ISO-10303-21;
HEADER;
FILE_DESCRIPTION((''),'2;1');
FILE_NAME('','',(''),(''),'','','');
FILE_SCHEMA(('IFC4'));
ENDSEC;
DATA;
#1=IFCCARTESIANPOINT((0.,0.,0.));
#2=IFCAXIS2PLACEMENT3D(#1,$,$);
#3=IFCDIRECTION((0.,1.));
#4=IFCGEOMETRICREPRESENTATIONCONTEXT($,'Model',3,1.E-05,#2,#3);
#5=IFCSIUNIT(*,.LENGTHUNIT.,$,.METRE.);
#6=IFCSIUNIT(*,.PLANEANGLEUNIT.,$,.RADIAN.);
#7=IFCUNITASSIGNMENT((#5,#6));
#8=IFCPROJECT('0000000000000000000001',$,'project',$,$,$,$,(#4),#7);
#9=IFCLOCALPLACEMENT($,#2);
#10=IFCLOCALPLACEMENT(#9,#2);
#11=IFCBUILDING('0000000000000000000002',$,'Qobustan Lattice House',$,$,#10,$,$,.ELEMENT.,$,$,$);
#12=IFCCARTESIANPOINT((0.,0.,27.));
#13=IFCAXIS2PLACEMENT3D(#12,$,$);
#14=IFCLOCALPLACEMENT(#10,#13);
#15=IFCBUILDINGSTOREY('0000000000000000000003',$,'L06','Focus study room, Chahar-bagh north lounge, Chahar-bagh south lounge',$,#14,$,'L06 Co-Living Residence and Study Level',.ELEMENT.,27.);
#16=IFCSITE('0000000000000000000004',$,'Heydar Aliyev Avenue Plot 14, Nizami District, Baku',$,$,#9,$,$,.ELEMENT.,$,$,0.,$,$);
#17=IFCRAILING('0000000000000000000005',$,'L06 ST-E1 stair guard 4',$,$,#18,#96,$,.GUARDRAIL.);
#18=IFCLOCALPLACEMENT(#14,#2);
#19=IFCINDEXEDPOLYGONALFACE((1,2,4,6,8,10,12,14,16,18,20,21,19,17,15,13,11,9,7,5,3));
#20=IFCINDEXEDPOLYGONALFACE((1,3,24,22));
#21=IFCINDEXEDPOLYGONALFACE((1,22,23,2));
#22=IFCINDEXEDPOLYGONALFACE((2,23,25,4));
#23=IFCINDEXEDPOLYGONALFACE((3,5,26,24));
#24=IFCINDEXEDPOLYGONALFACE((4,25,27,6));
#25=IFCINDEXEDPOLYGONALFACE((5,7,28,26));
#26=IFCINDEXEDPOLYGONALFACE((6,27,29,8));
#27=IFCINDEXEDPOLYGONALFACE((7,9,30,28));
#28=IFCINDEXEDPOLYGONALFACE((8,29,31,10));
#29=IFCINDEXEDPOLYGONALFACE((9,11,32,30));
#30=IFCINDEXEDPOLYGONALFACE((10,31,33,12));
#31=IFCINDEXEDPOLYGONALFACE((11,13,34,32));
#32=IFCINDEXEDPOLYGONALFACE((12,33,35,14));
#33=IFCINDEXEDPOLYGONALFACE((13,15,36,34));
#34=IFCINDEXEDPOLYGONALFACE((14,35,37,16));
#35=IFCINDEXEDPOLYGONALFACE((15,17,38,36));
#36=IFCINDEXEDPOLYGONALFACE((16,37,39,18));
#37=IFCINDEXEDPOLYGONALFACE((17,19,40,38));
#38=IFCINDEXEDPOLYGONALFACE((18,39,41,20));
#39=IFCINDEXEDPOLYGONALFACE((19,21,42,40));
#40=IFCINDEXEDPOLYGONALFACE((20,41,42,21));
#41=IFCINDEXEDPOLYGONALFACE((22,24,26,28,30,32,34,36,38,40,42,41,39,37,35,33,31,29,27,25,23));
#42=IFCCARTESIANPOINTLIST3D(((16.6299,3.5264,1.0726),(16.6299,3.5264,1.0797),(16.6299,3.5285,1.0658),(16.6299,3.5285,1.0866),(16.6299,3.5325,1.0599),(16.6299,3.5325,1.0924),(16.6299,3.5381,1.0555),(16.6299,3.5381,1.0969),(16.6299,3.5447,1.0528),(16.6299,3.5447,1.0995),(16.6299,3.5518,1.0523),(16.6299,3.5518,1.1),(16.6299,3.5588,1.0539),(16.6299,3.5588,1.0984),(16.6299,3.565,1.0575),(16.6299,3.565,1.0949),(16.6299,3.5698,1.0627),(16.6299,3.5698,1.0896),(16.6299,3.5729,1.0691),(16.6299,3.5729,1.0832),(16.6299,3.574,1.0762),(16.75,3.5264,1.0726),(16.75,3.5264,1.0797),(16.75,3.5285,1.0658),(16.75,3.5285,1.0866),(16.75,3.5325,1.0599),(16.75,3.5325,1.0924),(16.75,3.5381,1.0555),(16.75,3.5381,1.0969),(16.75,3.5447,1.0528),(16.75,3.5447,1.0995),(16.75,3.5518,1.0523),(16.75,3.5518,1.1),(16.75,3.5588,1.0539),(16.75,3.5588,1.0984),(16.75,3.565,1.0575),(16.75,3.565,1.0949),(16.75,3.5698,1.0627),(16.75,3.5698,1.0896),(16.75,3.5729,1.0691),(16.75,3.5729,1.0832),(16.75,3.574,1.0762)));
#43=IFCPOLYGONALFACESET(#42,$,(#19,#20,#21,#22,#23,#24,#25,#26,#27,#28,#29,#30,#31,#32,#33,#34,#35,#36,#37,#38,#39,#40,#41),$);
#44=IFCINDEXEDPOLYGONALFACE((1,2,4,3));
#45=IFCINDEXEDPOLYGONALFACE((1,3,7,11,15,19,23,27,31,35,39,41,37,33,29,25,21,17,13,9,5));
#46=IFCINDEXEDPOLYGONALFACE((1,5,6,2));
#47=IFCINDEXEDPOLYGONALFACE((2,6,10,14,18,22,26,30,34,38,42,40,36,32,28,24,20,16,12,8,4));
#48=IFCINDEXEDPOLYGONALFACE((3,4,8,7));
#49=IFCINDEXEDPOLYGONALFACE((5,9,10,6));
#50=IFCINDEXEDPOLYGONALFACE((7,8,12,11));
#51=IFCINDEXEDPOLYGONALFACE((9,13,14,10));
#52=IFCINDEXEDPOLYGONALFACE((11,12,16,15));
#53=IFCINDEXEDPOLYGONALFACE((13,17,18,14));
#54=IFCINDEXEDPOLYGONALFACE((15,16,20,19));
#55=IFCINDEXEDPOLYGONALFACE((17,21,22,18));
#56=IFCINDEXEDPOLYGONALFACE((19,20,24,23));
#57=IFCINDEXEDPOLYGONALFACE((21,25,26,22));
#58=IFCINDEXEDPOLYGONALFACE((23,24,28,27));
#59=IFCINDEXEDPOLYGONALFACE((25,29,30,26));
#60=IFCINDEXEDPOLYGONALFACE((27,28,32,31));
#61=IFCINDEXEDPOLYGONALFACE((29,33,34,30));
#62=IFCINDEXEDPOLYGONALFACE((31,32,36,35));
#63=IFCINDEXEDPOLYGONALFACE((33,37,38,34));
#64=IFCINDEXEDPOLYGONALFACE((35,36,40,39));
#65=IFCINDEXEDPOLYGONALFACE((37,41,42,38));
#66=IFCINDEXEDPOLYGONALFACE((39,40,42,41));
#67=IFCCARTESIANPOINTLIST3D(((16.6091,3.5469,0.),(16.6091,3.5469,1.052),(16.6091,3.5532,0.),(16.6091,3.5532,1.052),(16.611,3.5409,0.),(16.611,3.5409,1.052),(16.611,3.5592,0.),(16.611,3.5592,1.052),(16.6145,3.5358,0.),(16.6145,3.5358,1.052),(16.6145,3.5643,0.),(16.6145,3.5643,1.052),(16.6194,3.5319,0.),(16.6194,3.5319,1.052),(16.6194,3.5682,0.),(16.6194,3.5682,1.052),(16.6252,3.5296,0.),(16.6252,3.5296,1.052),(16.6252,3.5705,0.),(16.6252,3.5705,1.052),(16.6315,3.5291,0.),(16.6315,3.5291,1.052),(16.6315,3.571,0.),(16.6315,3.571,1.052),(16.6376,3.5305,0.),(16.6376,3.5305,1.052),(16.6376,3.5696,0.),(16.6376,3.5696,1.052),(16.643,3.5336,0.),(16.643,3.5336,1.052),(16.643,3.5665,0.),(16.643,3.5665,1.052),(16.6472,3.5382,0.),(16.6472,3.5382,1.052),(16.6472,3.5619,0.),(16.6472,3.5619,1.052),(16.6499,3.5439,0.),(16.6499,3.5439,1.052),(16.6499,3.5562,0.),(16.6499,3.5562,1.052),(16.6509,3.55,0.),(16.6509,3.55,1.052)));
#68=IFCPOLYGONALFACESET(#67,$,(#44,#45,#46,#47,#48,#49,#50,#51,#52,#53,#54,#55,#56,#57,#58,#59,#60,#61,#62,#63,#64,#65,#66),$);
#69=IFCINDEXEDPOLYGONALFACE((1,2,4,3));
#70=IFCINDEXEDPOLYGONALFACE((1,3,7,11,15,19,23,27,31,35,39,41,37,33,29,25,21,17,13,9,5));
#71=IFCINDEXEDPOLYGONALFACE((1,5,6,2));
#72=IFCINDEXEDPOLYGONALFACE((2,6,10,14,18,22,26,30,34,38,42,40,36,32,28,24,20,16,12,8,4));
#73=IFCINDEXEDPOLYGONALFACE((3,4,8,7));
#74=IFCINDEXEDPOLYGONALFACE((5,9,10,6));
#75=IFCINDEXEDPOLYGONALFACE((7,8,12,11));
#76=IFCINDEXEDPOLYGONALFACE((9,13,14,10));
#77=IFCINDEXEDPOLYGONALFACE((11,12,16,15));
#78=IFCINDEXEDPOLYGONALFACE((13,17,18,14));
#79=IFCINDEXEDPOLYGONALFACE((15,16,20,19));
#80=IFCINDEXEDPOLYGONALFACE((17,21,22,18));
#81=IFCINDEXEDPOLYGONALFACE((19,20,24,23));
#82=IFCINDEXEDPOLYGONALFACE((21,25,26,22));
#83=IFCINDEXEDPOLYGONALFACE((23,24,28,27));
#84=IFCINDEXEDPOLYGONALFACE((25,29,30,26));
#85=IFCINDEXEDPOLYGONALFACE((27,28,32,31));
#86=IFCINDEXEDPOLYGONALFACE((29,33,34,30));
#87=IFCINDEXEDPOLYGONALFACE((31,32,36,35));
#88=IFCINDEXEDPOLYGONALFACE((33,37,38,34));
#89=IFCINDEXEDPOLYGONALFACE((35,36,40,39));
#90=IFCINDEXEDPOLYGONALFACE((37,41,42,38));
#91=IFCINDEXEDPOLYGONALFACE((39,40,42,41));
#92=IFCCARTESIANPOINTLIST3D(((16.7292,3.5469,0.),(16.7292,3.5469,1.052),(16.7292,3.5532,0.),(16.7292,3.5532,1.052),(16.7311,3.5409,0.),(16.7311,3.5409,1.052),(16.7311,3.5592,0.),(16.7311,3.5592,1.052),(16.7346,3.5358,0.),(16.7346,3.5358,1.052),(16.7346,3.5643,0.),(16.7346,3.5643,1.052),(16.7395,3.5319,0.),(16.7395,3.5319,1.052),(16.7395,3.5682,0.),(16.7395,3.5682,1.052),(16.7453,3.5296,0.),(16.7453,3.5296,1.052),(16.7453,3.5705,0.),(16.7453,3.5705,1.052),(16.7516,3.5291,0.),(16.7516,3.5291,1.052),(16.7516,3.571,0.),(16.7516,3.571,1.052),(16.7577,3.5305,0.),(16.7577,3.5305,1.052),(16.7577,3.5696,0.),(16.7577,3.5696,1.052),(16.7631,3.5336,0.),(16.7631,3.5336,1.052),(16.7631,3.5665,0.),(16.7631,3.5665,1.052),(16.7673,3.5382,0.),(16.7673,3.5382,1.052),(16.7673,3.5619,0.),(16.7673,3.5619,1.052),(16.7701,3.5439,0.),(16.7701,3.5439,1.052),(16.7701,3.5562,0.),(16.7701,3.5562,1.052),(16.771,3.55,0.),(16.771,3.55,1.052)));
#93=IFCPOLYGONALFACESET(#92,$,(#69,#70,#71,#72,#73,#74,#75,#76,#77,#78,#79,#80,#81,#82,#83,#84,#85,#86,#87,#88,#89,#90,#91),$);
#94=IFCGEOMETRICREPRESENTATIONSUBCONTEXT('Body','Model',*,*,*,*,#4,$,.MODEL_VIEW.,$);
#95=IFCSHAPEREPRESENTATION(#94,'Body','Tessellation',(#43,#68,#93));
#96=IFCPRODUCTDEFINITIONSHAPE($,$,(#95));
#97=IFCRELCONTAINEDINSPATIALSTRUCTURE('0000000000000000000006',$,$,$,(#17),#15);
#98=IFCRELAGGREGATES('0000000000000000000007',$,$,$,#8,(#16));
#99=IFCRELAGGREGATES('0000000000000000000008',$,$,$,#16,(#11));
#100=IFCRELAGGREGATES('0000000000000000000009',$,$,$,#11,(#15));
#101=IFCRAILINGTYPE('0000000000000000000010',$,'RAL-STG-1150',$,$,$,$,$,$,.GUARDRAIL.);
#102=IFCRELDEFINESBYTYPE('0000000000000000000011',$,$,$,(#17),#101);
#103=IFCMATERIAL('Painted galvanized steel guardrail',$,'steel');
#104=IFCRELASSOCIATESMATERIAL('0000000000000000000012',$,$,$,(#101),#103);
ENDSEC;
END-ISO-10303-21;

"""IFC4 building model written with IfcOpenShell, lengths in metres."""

from ifc_helpers import new_model, si_unit, direction, frame, origin, origin_2d, place, context, subcontext, project, spatial, circle, extrude, material, type_object, element, save


model = new_model("IFC4")

# Units and contexts
model_context = context("Model", 3, precision=1e-05, world=origin(), true_north=direction((0.0, 1.0)))
body_context = subcontext(model_context, "Body", "Model", "MODEL_VIEW")
ifc_project = project(units=[si_unit("LENGTHUNIT", "METRE"), si_unit("PLANEANGLEUNIT", "RADIAN")], contexts=[model_context])

# Site, building, storey
site_placement = place(None, origin())
site = spatial("IfcSite", under=ifc_project, at=site_placement, Name="Heydar Aliyev Avenue Plot 14, Nizami District, Baku", CompositionType="ELEMENT", RefElevation=0.0)
building_placement = place(site_placement, origin())
building = spatial("IfcBuilding", under=site, at=building_placement, Name="Qobustan Lattice House", CompositionType="ELEMENT")
storey_placement = place(building_placement, frame((0.0, 0.0, 27.0)))
storey = spatial("IfcBuildingStorey", under=building, at=storey_placement, Name="L06", Description="Focus study room, Chahar-bagh north lounge, Chahar-bagh south lounge", LongName="L06 Co-Living Residence and Study Level", CompositionType="ELEMENT", Elevation=27.0)

# Railing
ifc_material_1 = material(Name="Painted galvanized steel guardrail", Category="steel")
railing_type_1 = type_object("IfcRailingType", Name="RAL-STG-1150", PredefinedType="GUARDRAIL", material=ifc_material_1)
railing_1_placement = place(storey_placement, frame((16.6299, 3.55, 0.0)))
element("IfcRailing", 1, at=railing_1_placement, inside=storey, type_object=railing_type_1, Name="L06 ST-E1 stair guard 4", PredefinedType="GUARDRAIL", context=body_context, shape_type="SweptSolid", body=[
    extrude(circle(Radius=0.0239, at=origin_2d()), frame((0.0, 0.0, 1.0762), z_axis=(1.0, 0.0, 0.0), x_axis=(0.0, 1.0, 0.0)), (0.0, 0.0, 1.0), 0.1201),
    extrude(circle(Radius=0.021, at=origin_2d()), origin(), (0.0, 0.0, 1.0), 1.052),
    extrude(circle(Radius=0.021, at=origin_2d()), frame((0.1201, 0.0, 0.0)), (0.0, 0.0, 1.0), 1.052),
])

save(model, "model.ifc")
